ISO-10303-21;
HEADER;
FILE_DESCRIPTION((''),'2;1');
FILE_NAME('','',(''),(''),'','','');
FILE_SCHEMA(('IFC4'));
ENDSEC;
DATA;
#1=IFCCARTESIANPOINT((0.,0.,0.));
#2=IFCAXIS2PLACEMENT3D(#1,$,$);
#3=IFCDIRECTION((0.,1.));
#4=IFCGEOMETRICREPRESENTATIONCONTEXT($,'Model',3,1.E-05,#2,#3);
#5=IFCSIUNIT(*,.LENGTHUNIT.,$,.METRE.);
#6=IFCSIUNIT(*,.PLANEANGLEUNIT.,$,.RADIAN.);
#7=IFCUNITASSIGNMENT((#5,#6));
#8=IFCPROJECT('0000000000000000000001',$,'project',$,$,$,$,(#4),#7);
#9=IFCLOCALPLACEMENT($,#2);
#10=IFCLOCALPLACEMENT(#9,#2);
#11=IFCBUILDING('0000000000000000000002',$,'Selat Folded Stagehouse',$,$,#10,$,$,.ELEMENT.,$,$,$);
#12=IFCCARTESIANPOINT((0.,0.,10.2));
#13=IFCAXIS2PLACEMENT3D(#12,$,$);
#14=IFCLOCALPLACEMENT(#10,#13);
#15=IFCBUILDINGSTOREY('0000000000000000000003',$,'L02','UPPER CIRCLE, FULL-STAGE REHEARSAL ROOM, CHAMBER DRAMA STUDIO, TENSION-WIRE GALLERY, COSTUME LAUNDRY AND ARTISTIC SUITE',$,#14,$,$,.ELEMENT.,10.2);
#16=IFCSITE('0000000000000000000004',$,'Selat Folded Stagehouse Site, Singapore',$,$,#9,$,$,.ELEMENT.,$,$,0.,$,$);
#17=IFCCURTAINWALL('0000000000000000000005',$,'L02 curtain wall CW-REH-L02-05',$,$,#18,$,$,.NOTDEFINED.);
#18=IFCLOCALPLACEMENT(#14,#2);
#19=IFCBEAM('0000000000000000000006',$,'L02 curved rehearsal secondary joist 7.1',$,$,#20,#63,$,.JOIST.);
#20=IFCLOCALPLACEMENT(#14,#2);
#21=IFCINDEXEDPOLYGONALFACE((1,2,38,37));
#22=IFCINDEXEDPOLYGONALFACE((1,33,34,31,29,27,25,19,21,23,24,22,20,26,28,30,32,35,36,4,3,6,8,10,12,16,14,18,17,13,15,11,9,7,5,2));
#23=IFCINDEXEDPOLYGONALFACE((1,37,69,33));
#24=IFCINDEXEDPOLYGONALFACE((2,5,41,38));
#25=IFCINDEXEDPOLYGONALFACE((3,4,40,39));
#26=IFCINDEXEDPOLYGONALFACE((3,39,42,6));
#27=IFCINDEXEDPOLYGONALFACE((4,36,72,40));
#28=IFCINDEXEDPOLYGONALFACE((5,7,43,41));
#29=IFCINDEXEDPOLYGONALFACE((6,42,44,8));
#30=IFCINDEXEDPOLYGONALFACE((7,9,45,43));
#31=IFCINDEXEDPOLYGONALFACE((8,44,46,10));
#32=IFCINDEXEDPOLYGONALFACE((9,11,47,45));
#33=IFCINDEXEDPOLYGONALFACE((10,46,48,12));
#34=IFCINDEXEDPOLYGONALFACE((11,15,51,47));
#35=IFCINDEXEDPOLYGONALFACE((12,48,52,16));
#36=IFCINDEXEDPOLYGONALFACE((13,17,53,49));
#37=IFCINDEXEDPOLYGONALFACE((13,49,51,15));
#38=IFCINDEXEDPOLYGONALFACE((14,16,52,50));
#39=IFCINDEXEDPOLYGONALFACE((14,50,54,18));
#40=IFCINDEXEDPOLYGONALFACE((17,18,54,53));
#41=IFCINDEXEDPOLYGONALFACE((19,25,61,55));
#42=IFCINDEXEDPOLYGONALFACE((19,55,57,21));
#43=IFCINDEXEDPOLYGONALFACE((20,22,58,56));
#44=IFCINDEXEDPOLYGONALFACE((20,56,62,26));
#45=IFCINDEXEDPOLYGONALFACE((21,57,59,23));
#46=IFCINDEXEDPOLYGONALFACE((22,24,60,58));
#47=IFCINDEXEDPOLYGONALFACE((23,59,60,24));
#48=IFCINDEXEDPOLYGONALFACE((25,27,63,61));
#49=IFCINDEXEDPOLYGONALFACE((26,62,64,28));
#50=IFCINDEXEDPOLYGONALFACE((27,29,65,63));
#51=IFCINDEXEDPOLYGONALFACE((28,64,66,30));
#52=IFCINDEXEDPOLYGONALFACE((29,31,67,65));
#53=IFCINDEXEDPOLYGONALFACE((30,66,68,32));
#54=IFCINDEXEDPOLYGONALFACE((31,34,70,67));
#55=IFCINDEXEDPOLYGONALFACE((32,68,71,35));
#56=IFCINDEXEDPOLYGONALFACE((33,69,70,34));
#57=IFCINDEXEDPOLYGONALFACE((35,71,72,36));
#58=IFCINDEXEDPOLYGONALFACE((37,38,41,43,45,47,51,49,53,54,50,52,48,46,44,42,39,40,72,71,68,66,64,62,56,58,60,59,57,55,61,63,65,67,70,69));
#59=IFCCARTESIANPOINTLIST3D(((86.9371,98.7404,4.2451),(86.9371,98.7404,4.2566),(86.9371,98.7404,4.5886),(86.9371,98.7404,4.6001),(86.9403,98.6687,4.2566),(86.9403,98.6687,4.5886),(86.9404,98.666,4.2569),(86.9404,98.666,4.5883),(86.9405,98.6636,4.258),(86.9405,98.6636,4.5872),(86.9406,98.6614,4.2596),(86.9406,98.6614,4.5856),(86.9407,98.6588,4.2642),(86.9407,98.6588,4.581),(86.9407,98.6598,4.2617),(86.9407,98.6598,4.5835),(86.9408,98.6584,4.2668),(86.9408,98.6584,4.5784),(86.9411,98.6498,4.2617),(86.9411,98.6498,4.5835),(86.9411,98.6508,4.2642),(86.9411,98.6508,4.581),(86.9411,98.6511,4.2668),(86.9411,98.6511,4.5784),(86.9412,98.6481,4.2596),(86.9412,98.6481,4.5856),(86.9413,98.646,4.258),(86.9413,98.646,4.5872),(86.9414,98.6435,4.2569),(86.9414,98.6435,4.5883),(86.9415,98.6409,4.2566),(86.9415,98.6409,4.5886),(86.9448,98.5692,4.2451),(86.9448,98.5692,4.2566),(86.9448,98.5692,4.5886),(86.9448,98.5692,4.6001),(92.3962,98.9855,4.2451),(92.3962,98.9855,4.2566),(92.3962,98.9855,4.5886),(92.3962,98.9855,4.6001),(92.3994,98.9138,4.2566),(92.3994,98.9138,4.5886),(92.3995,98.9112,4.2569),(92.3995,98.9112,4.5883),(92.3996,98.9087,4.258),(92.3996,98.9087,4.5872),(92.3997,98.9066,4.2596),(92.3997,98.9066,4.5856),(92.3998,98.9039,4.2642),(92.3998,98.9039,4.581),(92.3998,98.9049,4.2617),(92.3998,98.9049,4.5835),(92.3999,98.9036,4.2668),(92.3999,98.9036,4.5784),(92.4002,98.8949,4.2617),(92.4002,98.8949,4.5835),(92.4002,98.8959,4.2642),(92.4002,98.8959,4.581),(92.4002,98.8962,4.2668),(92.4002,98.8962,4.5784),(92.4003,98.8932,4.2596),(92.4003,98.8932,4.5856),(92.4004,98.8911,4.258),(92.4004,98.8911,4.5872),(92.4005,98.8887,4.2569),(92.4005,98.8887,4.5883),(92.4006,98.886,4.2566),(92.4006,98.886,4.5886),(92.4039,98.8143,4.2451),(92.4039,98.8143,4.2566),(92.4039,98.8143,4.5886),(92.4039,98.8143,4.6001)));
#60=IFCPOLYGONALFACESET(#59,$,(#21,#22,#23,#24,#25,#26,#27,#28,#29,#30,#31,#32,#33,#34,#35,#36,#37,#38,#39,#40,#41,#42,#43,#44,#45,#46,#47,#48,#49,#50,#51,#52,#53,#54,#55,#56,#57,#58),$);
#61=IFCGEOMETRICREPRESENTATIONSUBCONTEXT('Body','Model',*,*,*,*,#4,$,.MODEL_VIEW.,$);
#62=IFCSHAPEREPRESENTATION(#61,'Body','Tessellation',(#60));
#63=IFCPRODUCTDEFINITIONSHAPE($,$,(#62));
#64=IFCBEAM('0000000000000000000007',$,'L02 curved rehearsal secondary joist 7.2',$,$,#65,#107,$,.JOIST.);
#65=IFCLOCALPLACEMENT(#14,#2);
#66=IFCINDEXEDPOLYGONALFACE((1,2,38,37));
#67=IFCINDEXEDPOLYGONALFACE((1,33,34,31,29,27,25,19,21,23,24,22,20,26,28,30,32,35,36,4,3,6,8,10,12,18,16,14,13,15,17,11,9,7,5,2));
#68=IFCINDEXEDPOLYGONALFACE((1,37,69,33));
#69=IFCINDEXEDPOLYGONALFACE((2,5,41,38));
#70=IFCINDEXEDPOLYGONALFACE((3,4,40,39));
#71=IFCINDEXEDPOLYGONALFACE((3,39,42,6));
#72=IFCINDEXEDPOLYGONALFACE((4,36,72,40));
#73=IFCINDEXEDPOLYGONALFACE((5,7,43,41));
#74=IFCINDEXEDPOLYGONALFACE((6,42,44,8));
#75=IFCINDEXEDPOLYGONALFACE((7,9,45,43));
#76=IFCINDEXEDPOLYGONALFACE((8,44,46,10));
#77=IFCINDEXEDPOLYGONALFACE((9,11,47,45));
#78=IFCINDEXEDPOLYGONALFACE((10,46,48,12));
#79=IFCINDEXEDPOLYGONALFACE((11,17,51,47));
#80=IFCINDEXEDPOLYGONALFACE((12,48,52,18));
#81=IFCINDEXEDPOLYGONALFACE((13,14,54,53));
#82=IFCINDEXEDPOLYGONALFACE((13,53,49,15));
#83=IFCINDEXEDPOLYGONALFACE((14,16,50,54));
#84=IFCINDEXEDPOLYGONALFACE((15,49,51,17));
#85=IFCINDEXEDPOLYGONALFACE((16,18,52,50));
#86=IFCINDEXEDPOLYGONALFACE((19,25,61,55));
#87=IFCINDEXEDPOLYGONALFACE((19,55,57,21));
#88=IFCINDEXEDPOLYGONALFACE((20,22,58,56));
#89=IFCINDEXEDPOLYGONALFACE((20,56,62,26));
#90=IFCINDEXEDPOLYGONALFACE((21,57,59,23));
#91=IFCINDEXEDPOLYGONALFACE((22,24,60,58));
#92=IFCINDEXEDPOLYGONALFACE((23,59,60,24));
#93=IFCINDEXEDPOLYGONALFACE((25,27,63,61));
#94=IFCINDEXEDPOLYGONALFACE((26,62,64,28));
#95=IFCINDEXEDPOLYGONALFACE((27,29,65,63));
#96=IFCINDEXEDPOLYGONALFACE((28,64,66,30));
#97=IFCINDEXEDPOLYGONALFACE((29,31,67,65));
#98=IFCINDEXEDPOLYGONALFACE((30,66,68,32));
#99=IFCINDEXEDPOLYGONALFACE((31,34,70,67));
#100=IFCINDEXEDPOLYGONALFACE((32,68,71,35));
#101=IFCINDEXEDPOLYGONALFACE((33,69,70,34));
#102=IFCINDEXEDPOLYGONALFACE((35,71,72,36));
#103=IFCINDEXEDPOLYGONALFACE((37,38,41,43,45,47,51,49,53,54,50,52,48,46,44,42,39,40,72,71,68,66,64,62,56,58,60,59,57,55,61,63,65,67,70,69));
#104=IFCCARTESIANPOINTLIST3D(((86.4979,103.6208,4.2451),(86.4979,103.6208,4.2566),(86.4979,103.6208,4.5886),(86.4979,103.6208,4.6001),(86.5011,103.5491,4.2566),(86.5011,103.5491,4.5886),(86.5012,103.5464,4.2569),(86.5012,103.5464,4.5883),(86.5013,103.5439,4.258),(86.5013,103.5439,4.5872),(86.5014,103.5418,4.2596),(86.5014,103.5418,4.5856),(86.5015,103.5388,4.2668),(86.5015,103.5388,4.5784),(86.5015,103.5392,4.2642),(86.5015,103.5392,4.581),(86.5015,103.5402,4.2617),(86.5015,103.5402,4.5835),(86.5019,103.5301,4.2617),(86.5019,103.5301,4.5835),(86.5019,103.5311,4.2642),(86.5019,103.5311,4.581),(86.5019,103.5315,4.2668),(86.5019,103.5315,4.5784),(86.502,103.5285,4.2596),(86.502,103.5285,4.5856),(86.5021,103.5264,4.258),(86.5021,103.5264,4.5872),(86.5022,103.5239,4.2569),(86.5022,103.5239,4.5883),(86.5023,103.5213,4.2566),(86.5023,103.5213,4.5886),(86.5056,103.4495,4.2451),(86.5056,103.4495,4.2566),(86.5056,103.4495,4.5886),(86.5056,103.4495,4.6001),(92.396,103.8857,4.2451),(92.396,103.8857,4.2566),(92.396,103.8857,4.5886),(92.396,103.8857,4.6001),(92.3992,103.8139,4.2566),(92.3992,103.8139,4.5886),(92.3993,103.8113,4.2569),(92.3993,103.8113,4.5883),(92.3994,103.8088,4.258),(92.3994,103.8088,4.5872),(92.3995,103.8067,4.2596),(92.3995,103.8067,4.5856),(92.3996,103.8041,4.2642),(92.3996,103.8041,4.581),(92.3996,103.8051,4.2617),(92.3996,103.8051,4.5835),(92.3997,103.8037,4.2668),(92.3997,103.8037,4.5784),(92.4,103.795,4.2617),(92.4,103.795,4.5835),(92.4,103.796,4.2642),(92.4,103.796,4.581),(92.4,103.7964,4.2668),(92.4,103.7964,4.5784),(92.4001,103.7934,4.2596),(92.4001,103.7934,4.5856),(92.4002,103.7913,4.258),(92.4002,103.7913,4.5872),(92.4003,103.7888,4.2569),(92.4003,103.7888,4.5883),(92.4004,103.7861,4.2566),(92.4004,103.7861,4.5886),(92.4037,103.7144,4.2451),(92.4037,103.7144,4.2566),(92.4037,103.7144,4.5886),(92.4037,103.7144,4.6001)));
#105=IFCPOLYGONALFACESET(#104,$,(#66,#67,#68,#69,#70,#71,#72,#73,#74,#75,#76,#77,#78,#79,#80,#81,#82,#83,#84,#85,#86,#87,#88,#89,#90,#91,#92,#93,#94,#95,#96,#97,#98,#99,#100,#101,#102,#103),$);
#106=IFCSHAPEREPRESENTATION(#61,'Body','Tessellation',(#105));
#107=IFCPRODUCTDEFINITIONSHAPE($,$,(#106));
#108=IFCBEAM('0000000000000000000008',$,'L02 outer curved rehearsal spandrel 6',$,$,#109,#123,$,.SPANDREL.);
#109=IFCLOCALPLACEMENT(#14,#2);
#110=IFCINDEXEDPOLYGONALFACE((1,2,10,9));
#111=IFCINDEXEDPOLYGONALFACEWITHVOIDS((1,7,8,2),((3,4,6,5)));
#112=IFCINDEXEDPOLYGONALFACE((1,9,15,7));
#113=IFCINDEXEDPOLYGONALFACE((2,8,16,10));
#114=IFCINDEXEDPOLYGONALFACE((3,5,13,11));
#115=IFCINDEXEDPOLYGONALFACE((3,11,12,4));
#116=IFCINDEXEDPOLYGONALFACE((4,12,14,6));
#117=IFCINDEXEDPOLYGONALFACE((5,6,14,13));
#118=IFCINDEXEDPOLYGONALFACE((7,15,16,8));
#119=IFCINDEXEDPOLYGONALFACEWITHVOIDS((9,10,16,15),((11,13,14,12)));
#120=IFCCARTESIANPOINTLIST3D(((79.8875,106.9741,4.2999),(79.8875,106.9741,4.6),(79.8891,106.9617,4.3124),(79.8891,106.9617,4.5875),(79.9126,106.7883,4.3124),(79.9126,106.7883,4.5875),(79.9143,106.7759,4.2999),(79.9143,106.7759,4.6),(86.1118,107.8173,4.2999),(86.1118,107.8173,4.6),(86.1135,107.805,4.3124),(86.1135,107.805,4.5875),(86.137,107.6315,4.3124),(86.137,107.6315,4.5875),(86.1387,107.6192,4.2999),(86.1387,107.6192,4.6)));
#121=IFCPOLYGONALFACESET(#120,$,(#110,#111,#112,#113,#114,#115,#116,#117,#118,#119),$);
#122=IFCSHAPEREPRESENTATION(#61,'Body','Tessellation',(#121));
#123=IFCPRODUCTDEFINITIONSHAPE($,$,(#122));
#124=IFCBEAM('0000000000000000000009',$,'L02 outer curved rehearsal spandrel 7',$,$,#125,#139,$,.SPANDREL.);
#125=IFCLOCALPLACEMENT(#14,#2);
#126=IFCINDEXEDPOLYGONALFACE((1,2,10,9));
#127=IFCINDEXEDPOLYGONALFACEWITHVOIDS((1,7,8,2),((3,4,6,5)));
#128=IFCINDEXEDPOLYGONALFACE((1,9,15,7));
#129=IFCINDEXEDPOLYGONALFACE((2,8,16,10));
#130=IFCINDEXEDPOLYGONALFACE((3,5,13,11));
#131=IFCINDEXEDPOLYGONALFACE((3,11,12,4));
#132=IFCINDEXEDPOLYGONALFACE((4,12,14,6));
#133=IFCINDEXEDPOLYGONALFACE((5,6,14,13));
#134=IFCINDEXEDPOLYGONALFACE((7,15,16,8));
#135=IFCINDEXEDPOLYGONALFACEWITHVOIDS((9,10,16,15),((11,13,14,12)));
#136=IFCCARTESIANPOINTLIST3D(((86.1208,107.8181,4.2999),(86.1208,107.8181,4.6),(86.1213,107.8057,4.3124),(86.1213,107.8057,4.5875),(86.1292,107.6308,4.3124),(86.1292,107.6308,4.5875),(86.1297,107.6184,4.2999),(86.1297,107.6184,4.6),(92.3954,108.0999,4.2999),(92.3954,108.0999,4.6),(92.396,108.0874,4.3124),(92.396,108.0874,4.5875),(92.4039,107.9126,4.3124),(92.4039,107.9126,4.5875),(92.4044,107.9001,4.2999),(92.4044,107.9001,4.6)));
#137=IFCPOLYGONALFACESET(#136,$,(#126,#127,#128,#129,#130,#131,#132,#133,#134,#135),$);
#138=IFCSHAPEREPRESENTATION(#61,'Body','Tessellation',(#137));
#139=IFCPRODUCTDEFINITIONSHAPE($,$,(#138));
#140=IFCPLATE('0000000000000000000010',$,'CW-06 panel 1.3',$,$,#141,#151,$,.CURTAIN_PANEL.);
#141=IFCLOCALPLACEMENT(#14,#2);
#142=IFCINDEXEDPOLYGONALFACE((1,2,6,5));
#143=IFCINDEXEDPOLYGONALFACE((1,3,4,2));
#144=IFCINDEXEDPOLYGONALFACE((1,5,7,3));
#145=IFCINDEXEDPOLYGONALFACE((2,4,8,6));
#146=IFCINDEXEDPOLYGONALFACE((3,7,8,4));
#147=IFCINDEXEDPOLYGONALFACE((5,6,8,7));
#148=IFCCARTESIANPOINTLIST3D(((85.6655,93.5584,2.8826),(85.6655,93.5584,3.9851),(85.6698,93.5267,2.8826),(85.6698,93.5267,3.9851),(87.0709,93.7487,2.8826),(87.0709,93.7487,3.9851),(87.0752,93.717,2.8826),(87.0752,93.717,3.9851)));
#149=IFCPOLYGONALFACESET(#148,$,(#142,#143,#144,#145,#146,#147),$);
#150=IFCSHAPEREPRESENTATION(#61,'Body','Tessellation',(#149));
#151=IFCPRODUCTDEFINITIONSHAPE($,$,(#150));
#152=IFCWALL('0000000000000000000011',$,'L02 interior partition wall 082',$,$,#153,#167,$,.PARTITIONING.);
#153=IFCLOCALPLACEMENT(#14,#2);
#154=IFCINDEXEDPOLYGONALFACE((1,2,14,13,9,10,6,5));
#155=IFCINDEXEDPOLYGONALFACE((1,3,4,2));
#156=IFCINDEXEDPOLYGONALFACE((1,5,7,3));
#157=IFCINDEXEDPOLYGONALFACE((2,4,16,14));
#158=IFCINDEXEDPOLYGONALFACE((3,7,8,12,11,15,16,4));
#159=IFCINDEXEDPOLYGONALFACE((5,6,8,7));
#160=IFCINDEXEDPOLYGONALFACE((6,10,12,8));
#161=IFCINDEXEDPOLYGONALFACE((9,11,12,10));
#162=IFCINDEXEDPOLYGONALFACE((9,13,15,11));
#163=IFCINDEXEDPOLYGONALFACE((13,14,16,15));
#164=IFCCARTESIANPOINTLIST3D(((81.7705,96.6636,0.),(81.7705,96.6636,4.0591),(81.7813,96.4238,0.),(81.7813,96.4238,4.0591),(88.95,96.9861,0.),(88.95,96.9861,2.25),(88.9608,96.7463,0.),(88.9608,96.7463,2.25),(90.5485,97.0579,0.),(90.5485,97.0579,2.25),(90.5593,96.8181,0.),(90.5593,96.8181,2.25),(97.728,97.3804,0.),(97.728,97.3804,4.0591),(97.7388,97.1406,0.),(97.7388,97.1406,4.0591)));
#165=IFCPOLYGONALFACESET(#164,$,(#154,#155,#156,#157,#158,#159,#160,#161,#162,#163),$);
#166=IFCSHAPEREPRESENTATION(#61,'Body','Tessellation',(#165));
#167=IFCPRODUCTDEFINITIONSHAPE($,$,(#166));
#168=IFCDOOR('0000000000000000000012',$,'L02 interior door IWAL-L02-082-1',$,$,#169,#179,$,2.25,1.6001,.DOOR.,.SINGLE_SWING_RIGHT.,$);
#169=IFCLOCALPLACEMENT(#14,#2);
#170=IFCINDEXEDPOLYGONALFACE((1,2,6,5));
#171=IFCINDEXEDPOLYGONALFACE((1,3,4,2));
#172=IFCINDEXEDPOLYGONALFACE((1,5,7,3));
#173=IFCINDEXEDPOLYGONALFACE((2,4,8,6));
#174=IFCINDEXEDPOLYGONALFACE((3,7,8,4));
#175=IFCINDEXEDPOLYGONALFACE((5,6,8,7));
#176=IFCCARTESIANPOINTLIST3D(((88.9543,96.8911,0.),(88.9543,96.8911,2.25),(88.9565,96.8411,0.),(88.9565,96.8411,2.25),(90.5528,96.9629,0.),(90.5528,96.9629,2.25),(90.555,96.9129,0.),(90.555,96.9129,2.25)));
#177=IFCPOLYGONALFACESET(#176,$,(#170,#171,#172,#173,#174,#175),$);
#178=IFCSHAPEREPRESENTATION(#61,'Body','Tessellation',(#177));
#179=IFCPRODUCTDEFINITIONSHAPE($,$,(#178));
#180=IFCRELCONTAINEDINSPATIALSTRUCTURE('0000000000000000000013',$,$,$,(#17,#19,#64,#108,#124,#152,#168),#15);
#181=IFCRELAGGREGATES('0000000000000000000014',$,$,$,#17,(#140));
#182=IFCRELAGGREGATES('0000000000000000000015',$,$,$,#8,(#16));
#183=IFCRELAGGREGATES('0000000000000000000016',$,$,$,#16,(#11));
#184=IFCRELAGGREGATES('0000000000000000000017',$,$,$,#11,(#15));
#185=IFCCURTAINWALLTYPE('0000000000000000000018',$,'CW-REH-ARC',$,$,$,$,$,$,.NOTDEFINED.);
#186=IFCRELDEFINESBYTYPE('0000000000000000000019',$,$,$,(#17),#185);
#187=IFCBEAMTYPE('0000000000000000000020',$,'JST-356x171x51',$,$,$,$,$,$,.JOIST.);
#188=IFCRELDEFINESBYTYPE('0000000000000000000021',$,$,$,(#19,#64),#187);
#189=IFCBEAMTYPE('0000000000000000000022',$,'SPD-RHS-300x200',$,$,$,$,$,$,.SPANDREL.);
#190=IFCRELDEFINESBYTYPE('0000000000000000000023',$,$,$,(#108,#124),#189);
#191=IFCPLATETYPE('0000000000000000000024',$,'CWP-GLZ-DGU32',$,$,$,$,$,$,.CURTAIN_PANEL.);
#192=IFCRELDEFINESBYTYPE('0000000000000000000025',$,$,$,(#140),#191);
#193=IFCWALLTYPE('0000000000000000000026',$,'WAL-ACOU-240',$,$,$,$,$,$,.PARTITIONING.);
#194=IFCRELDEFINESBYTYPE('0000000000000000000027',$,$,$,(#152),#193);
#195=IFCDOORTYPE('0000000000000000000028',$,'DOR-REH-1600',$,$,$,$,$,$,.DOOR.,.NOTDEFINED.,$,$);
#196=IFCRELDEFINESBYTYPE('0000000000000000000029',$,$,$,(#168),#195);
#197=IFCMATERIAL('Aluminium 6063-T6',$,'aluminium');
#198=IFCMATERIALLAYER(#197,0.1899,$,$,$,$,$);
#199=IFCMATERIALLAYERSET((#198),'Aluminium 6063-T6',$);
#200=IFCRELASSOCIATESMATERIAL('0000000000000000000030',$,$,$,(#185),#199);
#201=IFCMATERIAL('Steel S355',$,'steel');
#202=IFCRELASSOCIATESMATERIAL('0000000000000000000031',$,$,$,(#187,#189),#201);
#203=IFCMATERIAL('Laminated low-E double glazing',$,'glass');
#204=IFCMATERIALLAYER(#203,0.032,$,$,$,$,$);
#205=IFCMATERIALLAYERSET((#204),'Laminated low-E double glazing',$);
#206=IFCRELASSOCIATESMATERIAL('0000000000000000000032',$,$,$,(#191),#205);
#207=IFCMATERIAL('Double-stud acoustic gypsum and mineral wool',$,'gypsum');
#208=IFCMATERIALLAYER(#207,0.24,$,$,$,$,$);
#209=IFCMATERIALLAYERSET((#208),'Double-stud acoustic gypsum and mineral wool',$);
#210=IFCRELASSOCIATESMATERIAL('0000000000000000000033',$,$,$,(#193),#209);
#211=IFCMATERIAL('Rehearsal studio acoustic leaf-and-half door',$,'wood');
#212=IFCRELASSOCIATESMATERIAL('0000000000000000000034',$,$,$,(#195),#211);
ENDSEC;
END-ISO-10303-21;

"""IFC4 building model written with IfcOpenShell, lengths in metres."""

from ifc_helpers import new_model, si_unit, direction, frame, frame_2d, origin, origin_2d, place, context, subcontext, project, spatial, rectangle, hollow_rectangle, i_section, extrude, material, layer, layer_set, material_profile, profile_set, type_object, element, fill, aggregate, save


model = new_model("IFC4")

# Units and contexts
model_context = context("Model", 3, precision=1e-05, world=origin(), true_north=direction((0.0, 1.0)))
body_context = subcontext(model_context, "Body", "Model", "MODEL_VIEW")
ifc_project = project(units=[si_unit("LENGTHUNIT", "METRE"), si_unit("PLANEANGLEUNIT", "RADIAN")], contexts=[model_context])

# Site, building, storey
site_placement = place(None, origin())
site = spatial("IfcSite", under=ifc_project, at=site_placement, Name="Selat Folded Stagehouse Site, Singapore", CompositionType="ELEMENT", RefElevation=0.0)
building_placement = place(site_placement, origin())
building = spatial("IfcBuilding", under=site, at=building_placement, Name="Selat Folded Stagehouse", CompositionType="ELEMENT")
storey_placement = place(building_placement, frame((0.0, 0.0, 10.2)))
storey = spatial("IfcBuildingStorey", under=building, at=storey_placement, Name="L02", Description="UPPER CIRCLE, FULL-STAGE REHEARSAL ROOM, CHAMBER DRAMA STUDIO, TENSION-WIRE GALLERY, COSTUME LAUNDRY AND ARTISTIC SUITE", CompositionType="ELEMENT", Elevation=10.2)

# Shared definitions
ifc_material_1 = material(Name="Steel S355", Category="steel")

# Curtain wall
ifc_material_2 = material(Name="Aluminium 6063-T6", Category="aluminium")
ifc_layer_1 = layer(ifc_material_2, 0.1899)
ifc_layer_set_1 = layer_set([ifc_layer_1], Name="Aluminium 6063-T6")
curtain_wall_type = type_object("IfcCurtainWallType", Name="CW-REH-ARC", PredefinedType="NOTDEFINED", material=ifc_layer_set_1)
curtain_wall_placement = place(storey_placement, origin())
curtain_wall = element("IfcCurtainWall", 1, at=curtain_wall_placement, inside=storey, type_object=curtain_wall_type, Name="L02 curtain wall CW-REH-L02-05", PredefinedType="NOTDEFINED")

# Beams
ifc_material_profile_1 = material_profile(ifc_material_1, i_section(OverallWidth=0.1714, OverallDepth=0.355, WebThickness=0.0073, FlangeThickness=0.0115, FilletRadius=0.0103, at=origin_2d()), Name="UKB 356x171x51")
ifc_profile_set_1 = profile_set([ifc_material_profile_1], Name="Steel S355")
beam_type_1 = type_object("IfcBeamType", Name="JST-356x171x51", PredefinedType="JOIST", material=ifc_profile_set_1)
beam_1_placement = place(storey_placement, frame((86.9409, 98.6548, 4.4226), z_axis=(0.998993, 0.044856, 0.0), x_axis=(-0.044856, 0.998993, 0.0)))
element("IfcBeam", 2, at=beam_1_placement, inside=storey, type_object=beam_type_1, Name="L02 curved rehearsal secondary joist 7.1", PredefinedType="JOIST", context=body_context, shape_type="SweptSolid", body=[
    extrude(i_section(OverallWidth=0.1714, OverallDepth=0.355, WebThickness=0.0073, FlangeThickness=0.0115, FilletRadius=0.0103, at=origin_2d()), origin(), (0.0, 0.0, 1.0), 5.4646),
])
beam_2_placement = place(storey_placement, frame((86.5017, 103.5352, 4.4226), z_axis=(0.998993, 0.044866, 0.0), x_axis=(-0.044866, 0.998993, 0.0)))
element("IfcBeam", 3, at=beam_2_placement, inside=storey, type_object=beam_type_1, Name="L02 curved rehearsal secondary joist 7.2", PredefinedType="JOIST", context=body_context, shape_type="SweptSolid", body=[
    extrude(i_section(OverallWidth=0.1714, OverallDepth=0.355, WebThickness=0.0073, FlangeThickness=0.0115, FilletRadius=0.0103, at=origin_2d()), origin(), (0.0, 0.0, 1.0), 5.9041),
])
ifc_material_profile_2 = material_profile(ifc_material_1, hollow_rectangle(XDim=0.2, YDim=0.3, WallThickness=0.0125, at=origin_2d()), Name="RHS 300x200x12.5")
ifc_profile_set_2 = profile_set([ifc_material_profile_2], Name="Steel S355")
beam_type_2 = type_object("IfcBeamType", Name="SPD-RHS-300x200", PredefinedType="SPANDREL", material=ifc_profile_set_2)
beam_3_placement = place(storey_placement, frame((79.9009, 106.875, 4.45), z_axis=(0.990947, 0.134251, 0.0), x_axis=(-0.134251, 0.990947, 0.0)))
element("IfcBeam", 4, at=beam_3_placement, inside=storey, type_object=beam_type_2, Name="L02 outer curved rehearsal spandrel 6", PredefinedType="SPANDREL", context=body_context, shape_type="SweptSolid", body=[
    extrude(hollow_rectangle(XDim=0.2, YDim=0.3, WallThickness=0.0125, at=origin_2d()), origin(), (0.0, 0.0, 1.0), 6.2812),
])
beam_4_placement = place(storey_placement, frame((86.1252, 107.7183, 4.45), z_axis=(0.998993, 0.044856, 0.0), x_axis=(-0.044856, 0.998993, 0.0)))
element("IfcBeam", 5, at=beam_4_placement, inside=storey, type_object=beam_type_2, Name="L02 outer curved rehearsal spandrel 7", PredefinedType="SPANDREL", context=body_context, shape_type="SweptSolid", body=[
    extrude(hollow_rectangle(XDim=0.2, YDim=0.3, WallThickness=0.0125, at=origin_2d()), origin(), (0.0, 0.0, 1.0), 6.281),
])

# Plate
ifc_material_3 = material(Name="Laminated low-E double glazing", Category="glass")
ifc_layer_2 = layer(ifc_material_3, 0.032)
ifc_layer_set_2 = layer_set([ifc_layer_2], Name="Laminated low-E double glazing")
plate_type = type_object("IfcPlateType", Name="CWP-GLZ-DGU32", PredefinedType="CURTAIN_PANEL", material=ifc_layer_set_2)
plate_placement = place(storey_placement, frame((86.3704, 93.6377, 2.8826), z_axis=(0.0, 0.0, 1.0), x_axis=(-0.990953, -0.134212, 0.0)))
plate = element("IfcPlate", 6, at=plate_placement, type_object=plate_type, Name="CW-06 panel 1.3", PredefinedType="CURTAIN_PANEL", context=body_context, shape_type="SweptSolid", body=[
    extrude(rectangle(XDim=1.4182, YDim=0.032, at=origin_2d()), origin(), (0.0, 0.0, 1.0), 1.1025),
])
aggregate(curtain_wall, [plate])

# Wall, opening, door
ifc_material_4 = material(Name="Double-stud acoustic gypsum and mineral wool", Category="gypsum")
ifc_layer_3 = layer(ifc_material_4, 0.24)
ifc_layer_set_3 = layer_set([ifc_layer_3], Name="Double-stud acoustic gypsum and mineral wool")
wall_type_1 = type_object("IfcWallType", Name="WAL-ACOU-240", PredefinedType="PARTITIONING", material=ifc_layer_set_3)
wall_1_placement = place(storey_placement, frame((81.7759, 96.5437, 0.0), z_axis=(0.0, 0.0, 1.0), x_axis=(0.998993, 0.044874, 0.0)))
wall_1 = element("IfcWall", 7, at=wall_1_placement, inside=storey, type_object=wall_type_1, Name="L02 interior partition wall 082", PredefinedType="PARTITIONING", context=body_context, shape_type="SweptSolid", body=[
    extrude(rectangle(XDim=15.9736, YDim=0.24, at=frame_2d((7.9868, 0.0))), origin(), (0.0, 0.0, 1.0), 4.0591),
])
opening_1_placement = place(wall_1_placement, frame((7.1868, 0.0, 0.0)))
opening_1 = element("IfcOpeningElement", 8, at=opening_1_placement, cuts=wall_1, PredefinedType="OPENING", context=body_context, shape_type="SweptSolid", body=[
    extrude(rectangle(XDim=1.6001, YDim=2.25, at=frame_2d((0.8, 1.125))), frame((0.0, 0.1299, 0.0), z_axis=(0.0, -1.0, 0.0), x_axis=(1.0, 0.0, 0.0)), (0.0, 0.0, 1.0), 0.26),
])
ifc_material_5 = material(Name="Rehearsal studio acoustic leaf-and-half door", Category="wood")
door_type = type_object("IfcDoorType", Name="DOR-REH-1600", OperationType="NOTDEFINED", PredefinedType="DOOR", material=ifc_material_5)
door_placement = place(opening_1_placement, origin())
door = element("IfcDoor", 9, at=door_placement, inside=storey, type_object=door_type, Name="L02 interior door IWAL-L02-082-1", OperationType="SINGLE_SWING_RIGHT", OverallHeight=2.25, OverallWidth=1.6001, PredefinedType="DOOR", context=body_context, shape_type="SweptSolid", body=[
    extrude(rectangle(XDim=1.6001, YDim=2.25, at=frame_2d((0.8, 1.125))), frame((0.0, 0.0249, 0.0), z_axis=(0.0, -1.0, 0.0), x_axis=(1.0, 0.0, 0.0)), (0.0, 0.0, 1.0), 0.05),
])
fill(opening_1, door)

save(model, "model.ifc")
